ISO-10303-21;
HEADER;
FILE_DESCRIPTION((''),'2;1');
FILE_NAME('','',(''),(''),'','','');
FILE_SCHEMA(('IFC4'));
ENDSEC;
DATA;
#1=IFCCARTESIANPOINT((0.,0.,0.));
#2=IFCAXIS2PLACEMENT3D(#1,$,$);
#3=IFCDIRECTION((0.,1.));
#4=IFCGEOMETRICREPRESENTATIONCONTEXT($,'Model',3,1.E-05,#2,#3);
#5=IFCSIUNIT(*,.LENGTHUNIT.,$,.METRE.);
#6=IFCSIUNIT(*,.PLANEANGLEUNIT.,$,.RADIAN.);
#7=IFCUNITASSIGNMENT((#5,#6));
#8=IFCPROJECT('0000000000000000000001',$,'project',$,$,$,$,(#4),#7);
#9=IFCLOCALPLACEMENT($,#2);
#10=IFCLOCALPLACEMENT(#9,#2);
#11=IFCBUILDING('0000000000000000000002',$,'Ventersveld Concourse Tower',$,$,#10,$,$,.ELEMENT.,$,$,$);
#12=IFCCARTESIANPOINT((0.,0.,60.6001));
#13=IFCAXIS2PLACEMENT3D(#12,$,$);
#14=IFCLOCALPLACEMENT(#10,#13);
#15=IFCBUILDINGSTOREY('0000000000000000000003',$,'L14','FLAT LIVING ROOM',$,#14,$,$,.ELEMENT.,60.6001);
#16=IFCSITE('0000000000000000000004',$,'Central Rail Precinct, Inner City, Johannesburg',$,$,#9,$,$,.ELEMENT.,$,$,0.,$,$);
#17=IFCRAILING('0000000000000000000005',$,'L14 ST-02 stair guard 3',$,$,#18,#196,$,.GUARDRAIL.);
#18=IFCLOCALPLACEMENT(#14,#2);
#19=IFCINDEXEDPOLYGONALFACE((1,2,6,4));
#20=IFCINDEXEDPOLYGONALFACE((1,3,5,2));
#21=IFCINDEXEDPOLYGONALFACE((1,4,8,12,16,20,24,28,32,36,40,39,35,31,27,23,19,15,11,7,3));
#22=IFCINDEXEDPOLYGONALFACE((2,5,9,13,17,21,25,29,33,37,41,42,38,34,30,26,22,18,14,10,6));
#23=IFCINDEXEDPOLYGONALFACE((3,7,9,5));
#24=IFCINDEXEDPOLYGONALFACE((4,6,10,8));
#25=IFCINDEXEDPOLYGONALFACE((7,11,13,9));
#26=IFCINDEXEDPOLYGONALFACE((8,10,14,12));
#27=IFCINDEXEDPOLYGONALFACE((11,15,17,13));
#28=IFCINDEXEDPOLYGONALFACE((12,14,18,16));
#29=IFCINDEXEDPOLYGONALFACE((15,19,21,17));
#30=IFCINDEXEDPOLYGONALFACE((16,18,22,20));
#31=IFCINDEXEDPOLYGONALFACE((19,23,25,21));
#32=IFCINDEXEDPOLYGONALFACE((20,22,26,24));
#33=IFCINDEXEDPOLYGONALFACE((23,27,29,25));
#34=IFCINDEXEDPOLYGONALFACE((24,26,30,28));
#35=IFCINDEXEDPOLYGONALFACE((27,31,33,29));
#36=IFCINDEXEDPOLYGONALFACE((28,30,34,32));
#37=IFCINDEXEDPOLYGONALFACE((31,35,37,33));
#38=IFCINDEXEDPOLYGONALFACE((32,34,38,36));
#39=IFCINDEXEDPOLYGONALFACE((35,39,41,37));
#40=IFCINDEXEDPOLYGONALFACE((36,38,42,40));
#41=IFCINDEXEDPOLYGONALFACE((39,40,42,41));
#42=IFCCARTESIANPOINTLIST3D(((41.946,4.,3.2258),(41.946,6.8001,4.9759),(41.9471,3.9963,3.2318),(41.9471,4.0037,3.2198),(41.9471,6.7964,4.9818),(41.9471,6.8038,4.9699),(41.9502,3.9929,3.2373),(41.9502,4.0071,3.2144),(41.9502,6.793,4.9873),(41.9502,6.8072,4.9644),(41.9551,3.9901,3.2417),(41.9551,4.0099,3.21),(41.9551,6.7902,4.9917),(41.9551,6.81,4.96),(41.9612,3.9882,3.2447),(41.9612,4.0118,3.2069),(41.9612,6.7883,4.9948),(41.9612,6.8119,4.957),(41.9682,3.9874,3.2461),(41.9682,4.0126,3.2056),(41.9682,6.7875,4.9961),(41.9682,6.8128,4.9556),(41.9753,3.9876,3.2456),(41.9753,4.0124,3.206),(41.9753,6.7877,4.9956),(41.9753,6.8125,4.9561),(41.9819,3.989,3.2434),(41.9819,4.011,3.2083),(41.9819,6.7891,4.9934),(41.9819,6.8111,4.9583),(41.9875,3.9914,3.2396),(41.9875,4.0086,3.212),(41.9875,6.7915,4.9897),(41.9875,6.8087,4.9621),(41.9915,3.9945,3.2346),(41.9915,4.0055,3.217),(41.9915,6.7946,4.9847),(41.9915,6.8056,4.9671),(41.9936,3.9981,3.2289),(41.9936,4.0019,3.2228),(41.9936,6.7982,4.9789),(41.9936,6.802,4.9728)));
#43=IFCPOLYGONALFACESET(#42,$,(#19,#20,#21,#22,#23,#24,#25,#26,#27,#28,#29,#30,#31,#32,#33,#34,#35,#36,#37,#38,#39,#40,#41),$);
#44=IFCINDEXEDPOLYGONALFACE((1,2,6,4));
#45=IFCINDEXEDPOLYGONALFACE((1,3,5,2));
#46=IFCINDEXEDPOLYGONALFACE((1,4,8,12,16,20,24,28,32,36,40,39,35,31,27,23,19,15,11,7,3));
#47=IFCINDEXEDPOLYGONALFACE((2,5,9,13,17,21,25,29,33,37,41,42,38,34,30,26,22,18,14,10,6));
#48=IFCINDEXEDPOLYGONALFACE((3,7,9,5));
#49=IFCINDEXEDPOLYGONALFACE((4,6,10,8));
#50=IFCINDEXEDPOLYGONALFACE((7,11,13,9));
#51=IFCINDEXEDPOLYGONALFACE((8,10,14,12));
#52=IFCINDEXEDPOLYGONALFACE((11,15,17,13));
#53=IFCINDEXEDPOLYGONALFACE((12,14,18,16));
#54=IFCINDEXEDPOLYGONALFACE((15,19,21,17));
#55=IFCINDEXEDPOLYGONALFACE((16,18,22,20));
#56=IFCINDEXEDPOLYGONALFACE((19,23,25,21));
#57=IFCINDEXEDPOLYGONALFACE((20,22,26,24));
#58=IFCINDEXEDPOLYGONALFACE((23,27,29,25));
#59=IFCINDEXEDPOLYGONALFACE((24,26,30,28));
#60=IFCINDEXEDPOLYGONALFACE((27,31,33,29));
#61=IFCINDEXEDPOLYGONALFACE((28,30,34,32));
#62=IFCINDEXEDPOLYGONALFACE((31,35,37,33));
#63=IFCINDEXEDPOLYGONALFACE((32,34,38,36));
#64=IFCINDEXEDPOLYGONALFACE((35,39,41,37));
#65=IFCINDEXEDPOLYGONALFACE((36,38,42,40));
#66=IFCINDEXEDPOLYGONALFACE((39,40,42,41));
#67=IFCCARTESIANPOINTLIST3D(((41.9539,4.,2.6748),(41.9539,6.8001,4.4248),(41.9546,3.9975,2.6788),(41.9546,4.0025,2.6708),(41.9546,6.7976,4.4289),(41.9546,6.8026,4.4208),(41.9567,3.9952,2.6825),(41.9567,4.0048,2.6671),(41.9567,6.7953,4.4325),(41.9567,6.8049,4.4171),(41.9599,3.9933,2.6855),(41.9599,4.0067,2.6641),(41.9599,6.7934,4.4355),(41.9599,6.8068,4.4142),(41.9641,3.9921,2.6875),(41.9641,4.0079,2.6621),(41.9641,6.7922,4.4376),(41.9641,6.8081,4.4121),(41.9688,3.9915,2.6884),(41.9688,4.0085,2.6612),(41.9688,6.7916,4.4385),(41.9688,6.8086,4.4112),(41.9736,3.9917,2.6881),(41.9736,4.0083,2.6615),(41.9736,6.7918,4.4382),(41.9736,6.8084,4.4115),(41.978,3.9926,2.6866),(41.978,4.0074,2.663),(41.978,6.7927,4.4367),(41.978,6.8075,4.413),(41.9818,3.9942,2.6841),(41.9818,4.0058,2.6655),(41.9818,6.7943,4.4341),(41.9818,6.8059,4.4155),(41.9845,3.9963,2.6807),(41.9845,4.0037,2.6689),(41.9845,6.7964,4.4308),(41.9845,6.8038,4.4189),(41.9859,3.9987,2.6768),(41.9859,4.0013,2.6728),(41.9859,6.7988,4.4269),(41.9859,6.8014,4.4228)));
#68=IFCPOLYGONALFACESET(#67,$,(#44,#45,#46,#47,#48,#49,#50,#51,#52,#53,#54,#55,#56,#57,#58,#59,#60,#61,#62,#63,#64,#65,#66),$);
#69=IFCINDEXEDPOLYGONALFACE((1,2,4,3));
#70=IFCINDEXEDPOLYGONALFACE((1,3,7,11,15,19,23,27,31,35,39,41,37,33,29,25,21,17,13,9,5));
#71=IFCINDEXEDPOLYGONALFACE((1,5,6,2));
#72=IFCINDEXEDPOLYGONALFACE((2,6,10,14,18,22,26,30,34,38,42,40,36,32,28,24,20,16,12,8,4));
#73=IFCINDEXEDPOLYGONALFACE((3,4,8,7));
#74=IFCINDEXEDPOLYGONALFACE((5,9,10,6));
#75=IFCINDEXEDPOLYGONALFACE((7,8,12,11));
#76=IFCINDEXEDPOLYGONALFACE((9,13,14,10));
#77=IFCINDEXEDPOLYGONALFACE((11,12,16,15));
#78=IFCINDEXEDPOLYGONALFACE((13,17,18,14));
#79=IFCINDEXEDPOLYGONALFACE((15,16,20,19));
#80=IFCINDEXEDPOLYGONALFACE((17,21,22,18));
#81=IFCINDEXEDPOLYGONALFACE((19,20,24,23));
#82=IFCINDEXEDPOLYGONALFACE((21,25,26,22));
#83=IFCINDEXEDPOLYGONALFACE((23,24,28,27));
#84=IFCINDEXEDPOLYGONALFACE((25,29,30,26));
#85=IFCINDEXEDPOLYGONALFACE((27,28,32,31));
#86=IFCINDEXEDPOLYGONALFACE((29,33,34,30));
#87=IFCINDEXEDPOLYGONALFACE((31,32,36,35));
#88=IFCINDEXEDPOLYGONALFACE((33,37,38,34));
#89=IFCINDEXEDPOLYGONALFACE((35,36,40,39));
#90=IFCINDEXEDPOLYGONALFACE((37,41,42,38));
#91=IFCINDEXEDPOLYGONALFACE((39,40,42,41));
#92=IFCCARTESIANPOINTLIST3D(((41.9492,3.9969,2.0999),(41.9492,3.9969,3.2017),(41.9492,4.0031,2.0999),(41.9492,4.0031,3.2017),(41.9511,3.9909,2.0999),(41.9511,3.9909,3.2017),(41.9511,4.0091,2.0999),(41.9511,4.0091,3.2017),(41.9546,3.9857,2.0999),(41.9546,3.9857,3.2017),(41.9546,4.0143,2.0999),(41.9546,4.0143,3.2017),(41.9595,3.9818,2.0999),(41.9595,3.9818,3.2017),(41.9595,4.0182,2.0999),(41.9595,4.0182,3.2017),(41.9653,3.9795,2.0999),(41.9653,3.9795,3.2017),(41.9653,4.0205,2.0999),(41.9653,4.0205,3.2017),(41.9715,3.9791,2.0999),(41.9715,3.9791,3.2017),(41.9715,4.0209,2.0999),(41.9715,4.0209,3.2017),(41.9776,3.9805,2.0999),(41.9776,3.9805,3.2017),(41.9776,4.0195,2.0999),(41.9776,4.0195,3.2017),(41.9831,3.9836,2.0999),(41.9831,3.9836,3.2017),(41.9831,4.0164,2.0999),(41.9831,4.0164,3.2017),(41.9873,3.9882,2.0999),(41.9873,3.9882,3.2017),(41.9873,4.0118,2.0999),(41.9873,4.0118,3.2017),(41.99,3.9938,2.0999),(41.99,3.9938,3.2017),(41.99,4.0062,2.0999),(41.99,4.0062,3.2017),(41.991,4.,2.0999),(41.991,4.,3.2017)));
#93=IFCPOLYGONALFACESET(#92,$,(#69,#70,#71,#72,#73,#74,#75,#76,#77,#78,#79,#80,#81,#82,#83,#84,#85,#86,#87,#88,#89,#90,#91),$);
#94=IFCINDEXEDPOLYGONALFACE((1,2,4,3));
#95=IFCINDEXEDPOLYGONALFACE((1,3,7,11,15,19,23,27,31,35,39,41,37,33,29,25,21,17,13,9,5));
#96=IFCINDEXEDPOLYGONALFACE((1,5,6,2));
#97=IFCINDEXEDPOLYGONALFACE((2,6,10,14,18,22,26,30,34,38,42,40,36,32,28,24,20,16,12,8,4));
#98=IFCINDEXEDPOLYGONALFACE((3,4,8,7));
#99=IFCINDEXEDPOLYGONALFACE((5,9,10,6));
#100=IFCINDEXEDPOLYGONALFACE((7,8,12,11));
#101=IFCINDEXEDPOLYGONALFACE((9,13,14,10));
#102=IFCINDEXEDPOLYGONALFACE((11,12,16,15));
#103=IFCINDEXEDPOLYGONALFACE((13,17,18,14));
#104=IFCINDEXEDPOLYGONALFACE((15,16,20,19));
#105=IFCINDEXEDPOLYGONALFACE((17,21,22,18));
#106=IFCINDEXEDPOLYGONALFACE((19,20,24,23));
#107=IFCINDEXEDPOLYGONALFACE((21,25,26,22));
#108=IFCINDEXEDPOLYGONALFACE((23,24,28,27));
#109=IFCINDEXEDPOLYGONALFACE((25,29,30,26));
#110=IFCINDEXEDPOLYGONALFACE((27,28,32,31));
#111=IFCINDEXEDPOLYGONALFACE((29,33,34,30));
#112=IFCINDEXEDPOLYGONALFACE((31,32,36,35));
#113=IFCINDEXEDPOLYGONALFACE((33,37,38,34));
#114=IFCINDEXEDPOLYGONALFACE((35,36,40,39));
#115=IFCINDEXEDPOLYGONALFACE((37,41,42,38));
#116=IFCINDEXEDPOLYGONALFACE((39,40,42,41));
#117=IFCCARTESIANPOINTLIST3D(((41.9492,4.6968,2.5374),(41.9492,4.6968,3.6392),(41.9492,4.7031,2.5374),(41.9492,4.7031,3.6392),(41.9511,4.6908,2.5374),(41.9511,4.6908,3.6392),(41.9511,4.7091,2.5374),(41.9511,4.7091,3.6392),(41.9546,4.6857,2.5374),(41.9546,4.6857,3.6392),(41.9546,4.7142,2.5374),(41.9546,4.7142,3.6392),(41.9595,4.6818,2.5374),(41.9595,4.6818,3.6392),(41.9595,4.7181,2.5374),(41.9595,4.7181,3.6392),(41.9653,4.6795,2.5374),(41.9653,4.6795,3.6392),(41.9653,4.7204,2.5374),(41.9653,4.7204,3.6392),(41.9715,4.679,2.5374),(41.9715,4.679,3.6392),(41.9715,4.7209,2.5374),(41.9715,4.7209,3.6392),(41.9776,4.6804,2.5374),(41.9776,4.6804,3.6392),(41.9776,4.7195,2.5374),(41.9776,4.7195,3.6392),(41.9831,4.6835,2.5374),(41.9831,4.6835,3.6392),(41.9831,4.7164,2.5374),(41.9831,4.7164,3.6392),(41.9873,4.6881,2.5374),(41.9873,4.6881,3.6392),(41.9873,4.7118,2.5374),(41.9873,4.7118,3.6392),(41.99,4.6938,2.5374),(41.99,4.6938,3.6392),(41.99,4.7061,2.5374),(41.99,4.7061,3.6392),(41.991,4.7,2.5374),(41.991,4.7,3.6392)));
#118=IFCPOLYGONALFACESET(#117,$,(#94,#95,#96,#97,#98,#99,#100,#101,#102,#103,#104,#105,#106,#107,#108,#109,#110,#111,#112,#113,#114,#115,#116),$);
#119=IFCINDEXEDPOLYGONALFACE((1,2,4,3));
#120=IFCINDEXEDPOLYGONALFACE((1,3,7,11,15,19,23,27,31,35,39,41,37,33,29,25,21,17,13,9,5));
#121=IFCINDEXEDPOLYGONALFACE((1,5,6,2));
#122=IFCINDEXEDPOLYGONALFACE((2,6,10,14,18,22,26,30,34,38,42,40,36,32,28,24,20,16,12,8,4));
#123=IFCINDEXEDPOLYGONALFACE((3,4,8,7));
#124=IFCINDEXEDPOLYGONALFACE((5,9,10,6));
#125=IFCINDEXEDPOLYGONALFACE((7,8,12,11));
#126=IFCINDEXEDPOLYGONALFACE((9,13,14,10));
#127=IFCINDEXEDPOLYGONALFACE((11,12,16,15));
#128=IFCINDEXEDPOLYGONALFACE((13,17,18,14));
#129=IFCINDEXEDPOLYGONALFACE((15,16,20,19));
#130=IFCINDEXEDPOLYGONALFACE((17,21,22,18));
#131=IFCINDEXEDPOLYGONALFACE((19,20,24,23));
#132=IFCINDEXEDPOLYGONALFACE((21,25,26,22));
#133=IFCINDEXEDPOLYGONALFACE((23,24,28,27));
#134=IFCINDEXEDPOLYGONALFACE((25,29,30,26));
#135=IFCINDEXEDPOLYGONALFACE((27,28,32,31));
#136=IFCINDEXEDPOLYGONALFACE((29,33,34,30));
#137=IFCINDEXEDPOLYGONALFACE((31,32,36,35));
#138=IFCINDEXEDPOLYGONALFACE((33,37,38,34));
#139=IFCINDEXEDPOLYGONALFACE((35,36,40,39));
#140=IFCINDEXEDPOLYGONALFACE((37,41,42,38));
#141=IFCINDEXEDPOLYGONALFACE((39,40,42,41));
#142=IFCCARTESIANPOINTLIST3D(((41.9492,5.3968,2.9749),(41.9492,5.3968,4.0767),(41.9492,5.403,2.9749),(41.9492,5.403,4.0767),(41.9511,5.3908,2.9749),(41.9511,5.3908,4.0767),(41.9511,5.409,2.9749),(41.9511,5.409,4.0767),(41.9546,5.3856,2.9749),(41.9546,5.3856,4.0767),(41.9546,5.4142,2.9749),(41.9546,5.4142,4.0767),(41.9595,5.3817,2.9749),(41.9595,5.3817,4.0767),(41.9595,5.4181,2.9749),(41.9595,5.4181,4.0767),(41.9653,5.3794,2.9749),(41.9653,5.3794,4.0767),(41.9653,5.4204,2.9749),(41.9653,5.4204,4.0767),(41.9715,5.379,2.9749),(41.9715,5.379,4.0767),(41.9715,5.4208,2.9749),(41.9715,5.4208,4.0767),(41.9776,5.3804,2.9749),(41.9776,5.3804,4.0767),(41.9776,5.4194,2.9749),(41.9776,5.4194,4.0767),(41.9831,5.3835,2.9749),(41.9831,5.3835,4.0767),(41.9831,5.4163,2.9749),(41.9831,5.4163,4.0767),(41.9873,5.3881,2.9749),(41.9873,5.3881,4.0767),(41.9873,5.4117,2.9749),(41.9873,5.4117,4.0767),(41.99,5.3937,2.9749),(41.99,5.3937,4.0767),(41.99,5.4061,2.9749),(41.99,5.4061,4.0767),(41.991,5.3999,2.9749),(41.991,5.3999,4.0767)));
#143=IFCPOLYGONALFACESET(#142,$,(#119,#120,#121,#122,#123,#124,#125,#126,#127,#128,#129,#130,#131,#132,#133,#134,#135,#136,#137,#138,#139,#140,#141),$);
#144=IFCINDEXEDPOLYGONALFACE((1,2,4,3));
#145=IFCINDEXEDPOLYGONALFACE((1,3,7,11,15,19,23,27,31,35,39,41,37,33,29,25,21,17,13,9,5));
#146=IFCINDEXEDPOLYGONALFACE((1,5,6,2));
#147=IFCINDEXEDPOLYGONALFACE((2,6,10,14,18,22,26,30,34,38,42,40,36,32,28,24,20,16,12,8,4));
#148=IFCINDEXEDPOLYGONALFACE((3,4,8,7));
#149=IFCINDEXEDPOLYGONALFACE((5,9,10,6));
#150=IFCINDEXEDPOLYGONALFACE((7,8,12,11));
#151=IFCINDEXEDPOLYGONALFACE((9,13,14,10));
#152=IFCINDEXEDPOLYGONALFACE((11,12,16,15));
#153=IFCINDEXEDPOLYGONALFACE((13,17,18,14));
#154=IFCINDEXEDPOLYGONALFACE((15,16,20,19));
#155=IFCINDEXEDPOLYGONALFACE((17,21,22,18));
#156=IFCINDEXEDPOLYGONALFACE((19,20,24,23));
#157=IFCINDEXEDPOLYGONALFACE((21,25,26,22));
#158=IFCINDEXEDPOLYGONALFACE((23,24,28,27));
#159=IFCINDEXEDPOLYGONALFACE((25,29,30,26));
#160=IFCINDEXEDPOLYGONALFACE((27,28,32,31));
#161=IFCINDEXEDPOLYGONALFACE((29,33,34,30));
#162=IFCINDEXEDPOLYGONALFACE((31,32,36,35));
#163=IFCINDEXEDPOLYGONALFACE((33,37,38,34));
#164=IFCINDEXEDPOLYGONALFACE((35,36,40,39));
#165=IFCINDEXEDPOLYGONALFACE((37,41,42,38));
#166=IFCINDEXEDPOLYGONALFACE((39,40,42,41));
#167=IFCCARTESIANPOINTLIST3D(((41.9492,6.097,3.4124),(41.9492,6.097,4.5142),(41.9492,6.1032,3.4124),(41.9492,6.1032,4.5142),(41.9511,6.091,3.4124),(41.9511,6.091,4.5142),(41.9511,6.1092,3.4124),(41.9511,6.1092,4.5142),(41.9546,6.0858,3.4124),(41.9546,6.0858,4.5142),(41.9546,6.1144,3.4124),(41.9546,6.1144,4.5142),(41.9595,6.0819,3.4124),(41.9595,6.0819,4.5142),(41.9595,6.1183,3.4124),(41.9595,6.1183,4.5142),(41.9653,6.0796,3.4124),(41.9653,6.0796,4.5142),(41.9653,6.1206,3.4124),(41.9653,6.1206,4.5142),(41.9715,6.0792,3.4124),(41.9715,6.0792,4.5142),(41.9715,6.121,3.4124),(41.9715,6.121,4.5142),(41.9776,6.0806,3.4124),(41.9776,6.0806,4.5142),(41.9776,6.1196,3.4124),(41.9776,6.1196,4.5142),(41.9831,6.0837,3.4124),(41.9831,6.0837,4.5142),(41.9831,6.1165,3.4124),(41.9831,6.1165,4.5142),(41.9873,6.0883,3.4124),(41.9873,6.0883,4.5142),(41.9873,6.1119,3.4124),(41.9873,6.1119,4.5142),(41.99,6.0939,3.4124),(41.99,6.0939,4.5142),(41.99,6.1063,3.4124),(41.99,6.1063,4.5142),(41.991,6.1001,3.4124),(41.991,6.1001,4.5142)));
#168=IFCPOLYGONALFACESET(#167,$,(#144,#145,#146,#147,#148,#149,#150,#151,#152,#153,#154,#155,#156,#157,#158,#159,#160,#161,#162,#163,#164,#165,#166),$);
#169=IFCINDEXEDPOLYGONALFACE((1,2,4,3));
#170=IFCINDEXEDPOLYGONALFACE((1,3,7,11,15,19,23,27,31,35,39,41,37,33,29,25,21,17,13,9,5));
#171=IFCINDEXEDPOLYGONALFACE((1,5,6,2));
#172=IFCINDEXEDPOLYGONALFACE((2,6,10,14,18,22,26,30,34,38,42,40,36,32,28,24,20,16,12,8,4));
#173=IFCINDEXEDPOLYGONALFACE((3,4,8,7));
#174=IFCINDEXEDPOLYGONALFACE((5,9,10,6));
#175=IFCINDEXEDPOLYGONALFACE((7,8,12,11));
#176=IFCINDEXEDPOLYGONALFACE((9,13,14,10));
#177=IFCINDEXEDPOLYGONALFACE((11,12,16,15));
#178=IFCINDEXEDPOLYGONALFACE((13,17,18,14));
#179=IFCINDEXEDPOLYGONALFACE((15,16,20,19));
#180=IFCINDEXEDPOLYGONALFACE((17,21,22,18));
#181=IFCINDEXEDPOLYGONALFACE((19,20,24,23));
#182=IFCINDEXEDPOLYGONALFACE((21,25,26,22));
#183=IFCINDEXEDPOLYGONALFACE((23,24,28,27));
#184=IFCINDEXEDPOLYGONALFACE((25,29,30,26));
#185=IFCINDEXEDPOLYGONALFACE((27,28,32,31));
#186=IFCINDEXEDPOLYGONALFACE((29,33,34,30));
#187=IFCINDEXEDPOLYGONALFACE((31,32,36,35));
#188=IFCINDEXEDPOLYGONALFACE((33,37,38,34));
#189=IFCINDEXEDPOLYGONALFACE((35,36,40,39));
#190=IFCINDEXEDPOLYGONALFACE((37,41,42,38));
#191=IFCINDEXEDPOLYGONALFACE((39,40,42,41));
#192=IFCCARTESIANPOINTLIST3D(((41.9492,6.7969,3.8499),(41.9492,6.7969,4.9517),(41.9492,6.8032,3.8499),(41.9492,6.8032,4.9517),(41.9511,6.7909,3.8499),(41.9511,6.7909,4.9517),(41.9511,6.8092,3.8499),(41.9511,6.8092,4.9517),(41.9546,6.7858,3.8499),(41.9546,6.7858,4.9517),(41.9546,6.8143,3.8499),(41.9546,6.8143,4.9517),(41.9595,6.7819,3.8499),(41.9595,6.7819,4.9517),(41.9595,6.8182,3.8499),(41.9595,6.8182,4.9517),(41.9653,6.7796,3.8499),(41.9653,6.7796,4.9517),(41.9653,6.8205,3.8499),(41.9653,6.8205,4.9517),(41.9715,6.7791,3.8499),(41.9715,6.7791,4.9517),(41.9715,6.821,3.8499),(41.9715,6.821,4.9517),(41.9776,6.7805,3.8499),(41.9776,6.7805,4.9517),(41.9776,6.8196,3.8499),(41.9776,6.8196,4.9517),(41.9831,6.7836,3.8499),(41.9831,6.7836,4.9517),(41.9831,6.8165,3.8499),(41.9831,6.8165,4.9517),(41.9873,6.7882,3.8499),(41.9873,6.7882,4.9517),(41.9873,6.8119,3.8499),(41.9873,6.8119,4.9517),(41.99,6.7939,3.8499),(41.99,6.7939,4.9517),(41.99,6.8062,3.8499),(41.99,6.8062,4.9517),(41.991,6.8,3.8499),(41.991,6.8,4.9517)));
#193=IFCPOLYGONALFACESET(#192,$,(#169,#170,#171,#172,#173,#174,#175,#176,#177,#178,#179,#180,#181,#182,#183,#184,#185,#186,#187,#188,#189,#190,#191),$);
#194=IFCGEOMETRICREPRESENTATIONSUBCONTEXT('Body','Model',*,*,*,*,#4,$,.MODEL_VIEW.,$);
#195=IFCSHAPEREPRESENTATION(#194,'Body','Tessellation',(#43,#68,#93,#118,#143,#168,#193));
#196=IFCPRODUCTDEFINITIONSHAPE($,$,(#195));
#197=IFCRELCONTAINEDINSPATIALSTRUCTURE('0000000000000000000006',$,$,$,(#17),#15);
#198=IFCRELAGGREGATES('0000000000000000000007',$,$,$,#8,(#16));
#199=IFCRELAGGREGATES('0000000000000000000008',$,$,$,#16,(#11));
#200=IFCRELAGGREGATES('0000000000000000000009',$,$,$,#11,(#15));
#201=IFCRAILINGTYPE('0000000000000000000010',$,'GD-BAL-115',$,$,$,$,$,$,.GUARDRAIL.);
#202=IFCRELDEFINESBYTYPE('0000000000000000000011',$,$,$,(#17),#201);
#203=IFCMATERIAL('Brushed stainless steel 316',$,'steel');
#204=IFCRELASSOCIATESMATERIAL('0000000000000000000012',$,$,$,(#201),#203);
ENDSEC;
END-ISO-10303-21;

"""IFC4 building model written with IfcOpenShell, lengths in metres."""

from ifc_helpers import new_model, si_unit, direction, frame, origin, origin_2d, place, context, subcontext, project, spatial, circle, extrude, material, type_object, element, save


model = new_model("IFC4")

# Units and contexts
model_context = context("Model", 3, precision=1e-05, world=origin(), true_north=direction((0.0, 1.0)))
body_context = subcontext(model_context, "Body", "Model", "MODEL_VIEW")
ifc_project = project(units=[si_unit("LENGTHUNIT", "METRE"), si_unit("PLANEANGLEUNIT", "RADIAN")], contexts=[model_context])

# Site, building, storey
site_placement = place(None, origin())
site = spatial("IfcSite", under=ifc_project, at=site_placement, Name="Central Rail Precinct, Inner City, Johannesburg", CompositionType="ELEMENT", RefElevation=0.0)
building_placement = place(site_placement, origin())
building = spatial("IfcBuilding", under=site, at=building_placement, Name="Ventersveld Concourse Tower", CompositionType="ELEMENT")
storey_placement = place(building_placement, frame((0.0, 0.0, 60.6001)))
storey = spatial("IfcBuildingStorey", under=building, at=storey_placement, Name="L14", Description="FLAT LIVING ROOM", CompositionType="ELEMENT", Elevation=60.6001)

# Railing
ifc_material_1 = material(Name="Brushed stainless steel 316", Category="steel")
railing_type_1 = type_object("IfcRailingType", Name="GD-BAL-115", PredefinedType="GUARDRAIL", material=ifc_material_1)
railing_1_placement = place(storey_placement, frame((41.97, 4.0, 2.0999)))
element("IfcRailing", 1, at=railing_1_placement, inside=storey, type_object=railing_type_1, Name="L14 ST-02 stair guard 3", PredefinedType="GUARDRAIL", context=body_context, shape_type="SweptSolid", body=[
    extrude(circle(Radius=0.0239, at=origin_2d()), frame((0.0, 0.0, 1.126), z_axis=(0.0, 0.848002, 0.529992), x_axis=(-1.0, 0.0, 0.0)), (0.0, 0.0, 1.0), 3.302),
    extrude(circle(Radius=0.0161, at=origin_2d()), frame((0.0, 0.0, 0.575), z_axis=(0.0, 0.848002, 0.529992), x_axis=(-1.0, 0.0, 0.0)), (0.0, 0.0, 1.0), 3.302),
    extrude(circle(Radius=0.021, at=origin_2d()), origin(), (0.0, 0.0, 1.0), 1.1018),
    extrude(circle(Radius=0.021, at=origin_2d()), frame((0.0, 0.7, 0.4375)), (0.0, 0.0, 1.0), 1.1018),
    extrude(circle(Radius=0.021, at=origin_2d()), frame((0.0, 1.3999, 0.875)), (0.0, 0.0, 1.0), 1.1018),
    extrude(circle(Radius=0.021, at=origin_2d()), frame((0.0, 2.1001, 1.3125)), (0.0, 0.0, 1.0), 1.1018),
    extrude(circle(Radius=0.021, at=origin_2d()), frame((0.0, 2.8, 1.75)), (0.0, 0.0, 1.0), 1.1018),
])

save(model, "model.ifc")
